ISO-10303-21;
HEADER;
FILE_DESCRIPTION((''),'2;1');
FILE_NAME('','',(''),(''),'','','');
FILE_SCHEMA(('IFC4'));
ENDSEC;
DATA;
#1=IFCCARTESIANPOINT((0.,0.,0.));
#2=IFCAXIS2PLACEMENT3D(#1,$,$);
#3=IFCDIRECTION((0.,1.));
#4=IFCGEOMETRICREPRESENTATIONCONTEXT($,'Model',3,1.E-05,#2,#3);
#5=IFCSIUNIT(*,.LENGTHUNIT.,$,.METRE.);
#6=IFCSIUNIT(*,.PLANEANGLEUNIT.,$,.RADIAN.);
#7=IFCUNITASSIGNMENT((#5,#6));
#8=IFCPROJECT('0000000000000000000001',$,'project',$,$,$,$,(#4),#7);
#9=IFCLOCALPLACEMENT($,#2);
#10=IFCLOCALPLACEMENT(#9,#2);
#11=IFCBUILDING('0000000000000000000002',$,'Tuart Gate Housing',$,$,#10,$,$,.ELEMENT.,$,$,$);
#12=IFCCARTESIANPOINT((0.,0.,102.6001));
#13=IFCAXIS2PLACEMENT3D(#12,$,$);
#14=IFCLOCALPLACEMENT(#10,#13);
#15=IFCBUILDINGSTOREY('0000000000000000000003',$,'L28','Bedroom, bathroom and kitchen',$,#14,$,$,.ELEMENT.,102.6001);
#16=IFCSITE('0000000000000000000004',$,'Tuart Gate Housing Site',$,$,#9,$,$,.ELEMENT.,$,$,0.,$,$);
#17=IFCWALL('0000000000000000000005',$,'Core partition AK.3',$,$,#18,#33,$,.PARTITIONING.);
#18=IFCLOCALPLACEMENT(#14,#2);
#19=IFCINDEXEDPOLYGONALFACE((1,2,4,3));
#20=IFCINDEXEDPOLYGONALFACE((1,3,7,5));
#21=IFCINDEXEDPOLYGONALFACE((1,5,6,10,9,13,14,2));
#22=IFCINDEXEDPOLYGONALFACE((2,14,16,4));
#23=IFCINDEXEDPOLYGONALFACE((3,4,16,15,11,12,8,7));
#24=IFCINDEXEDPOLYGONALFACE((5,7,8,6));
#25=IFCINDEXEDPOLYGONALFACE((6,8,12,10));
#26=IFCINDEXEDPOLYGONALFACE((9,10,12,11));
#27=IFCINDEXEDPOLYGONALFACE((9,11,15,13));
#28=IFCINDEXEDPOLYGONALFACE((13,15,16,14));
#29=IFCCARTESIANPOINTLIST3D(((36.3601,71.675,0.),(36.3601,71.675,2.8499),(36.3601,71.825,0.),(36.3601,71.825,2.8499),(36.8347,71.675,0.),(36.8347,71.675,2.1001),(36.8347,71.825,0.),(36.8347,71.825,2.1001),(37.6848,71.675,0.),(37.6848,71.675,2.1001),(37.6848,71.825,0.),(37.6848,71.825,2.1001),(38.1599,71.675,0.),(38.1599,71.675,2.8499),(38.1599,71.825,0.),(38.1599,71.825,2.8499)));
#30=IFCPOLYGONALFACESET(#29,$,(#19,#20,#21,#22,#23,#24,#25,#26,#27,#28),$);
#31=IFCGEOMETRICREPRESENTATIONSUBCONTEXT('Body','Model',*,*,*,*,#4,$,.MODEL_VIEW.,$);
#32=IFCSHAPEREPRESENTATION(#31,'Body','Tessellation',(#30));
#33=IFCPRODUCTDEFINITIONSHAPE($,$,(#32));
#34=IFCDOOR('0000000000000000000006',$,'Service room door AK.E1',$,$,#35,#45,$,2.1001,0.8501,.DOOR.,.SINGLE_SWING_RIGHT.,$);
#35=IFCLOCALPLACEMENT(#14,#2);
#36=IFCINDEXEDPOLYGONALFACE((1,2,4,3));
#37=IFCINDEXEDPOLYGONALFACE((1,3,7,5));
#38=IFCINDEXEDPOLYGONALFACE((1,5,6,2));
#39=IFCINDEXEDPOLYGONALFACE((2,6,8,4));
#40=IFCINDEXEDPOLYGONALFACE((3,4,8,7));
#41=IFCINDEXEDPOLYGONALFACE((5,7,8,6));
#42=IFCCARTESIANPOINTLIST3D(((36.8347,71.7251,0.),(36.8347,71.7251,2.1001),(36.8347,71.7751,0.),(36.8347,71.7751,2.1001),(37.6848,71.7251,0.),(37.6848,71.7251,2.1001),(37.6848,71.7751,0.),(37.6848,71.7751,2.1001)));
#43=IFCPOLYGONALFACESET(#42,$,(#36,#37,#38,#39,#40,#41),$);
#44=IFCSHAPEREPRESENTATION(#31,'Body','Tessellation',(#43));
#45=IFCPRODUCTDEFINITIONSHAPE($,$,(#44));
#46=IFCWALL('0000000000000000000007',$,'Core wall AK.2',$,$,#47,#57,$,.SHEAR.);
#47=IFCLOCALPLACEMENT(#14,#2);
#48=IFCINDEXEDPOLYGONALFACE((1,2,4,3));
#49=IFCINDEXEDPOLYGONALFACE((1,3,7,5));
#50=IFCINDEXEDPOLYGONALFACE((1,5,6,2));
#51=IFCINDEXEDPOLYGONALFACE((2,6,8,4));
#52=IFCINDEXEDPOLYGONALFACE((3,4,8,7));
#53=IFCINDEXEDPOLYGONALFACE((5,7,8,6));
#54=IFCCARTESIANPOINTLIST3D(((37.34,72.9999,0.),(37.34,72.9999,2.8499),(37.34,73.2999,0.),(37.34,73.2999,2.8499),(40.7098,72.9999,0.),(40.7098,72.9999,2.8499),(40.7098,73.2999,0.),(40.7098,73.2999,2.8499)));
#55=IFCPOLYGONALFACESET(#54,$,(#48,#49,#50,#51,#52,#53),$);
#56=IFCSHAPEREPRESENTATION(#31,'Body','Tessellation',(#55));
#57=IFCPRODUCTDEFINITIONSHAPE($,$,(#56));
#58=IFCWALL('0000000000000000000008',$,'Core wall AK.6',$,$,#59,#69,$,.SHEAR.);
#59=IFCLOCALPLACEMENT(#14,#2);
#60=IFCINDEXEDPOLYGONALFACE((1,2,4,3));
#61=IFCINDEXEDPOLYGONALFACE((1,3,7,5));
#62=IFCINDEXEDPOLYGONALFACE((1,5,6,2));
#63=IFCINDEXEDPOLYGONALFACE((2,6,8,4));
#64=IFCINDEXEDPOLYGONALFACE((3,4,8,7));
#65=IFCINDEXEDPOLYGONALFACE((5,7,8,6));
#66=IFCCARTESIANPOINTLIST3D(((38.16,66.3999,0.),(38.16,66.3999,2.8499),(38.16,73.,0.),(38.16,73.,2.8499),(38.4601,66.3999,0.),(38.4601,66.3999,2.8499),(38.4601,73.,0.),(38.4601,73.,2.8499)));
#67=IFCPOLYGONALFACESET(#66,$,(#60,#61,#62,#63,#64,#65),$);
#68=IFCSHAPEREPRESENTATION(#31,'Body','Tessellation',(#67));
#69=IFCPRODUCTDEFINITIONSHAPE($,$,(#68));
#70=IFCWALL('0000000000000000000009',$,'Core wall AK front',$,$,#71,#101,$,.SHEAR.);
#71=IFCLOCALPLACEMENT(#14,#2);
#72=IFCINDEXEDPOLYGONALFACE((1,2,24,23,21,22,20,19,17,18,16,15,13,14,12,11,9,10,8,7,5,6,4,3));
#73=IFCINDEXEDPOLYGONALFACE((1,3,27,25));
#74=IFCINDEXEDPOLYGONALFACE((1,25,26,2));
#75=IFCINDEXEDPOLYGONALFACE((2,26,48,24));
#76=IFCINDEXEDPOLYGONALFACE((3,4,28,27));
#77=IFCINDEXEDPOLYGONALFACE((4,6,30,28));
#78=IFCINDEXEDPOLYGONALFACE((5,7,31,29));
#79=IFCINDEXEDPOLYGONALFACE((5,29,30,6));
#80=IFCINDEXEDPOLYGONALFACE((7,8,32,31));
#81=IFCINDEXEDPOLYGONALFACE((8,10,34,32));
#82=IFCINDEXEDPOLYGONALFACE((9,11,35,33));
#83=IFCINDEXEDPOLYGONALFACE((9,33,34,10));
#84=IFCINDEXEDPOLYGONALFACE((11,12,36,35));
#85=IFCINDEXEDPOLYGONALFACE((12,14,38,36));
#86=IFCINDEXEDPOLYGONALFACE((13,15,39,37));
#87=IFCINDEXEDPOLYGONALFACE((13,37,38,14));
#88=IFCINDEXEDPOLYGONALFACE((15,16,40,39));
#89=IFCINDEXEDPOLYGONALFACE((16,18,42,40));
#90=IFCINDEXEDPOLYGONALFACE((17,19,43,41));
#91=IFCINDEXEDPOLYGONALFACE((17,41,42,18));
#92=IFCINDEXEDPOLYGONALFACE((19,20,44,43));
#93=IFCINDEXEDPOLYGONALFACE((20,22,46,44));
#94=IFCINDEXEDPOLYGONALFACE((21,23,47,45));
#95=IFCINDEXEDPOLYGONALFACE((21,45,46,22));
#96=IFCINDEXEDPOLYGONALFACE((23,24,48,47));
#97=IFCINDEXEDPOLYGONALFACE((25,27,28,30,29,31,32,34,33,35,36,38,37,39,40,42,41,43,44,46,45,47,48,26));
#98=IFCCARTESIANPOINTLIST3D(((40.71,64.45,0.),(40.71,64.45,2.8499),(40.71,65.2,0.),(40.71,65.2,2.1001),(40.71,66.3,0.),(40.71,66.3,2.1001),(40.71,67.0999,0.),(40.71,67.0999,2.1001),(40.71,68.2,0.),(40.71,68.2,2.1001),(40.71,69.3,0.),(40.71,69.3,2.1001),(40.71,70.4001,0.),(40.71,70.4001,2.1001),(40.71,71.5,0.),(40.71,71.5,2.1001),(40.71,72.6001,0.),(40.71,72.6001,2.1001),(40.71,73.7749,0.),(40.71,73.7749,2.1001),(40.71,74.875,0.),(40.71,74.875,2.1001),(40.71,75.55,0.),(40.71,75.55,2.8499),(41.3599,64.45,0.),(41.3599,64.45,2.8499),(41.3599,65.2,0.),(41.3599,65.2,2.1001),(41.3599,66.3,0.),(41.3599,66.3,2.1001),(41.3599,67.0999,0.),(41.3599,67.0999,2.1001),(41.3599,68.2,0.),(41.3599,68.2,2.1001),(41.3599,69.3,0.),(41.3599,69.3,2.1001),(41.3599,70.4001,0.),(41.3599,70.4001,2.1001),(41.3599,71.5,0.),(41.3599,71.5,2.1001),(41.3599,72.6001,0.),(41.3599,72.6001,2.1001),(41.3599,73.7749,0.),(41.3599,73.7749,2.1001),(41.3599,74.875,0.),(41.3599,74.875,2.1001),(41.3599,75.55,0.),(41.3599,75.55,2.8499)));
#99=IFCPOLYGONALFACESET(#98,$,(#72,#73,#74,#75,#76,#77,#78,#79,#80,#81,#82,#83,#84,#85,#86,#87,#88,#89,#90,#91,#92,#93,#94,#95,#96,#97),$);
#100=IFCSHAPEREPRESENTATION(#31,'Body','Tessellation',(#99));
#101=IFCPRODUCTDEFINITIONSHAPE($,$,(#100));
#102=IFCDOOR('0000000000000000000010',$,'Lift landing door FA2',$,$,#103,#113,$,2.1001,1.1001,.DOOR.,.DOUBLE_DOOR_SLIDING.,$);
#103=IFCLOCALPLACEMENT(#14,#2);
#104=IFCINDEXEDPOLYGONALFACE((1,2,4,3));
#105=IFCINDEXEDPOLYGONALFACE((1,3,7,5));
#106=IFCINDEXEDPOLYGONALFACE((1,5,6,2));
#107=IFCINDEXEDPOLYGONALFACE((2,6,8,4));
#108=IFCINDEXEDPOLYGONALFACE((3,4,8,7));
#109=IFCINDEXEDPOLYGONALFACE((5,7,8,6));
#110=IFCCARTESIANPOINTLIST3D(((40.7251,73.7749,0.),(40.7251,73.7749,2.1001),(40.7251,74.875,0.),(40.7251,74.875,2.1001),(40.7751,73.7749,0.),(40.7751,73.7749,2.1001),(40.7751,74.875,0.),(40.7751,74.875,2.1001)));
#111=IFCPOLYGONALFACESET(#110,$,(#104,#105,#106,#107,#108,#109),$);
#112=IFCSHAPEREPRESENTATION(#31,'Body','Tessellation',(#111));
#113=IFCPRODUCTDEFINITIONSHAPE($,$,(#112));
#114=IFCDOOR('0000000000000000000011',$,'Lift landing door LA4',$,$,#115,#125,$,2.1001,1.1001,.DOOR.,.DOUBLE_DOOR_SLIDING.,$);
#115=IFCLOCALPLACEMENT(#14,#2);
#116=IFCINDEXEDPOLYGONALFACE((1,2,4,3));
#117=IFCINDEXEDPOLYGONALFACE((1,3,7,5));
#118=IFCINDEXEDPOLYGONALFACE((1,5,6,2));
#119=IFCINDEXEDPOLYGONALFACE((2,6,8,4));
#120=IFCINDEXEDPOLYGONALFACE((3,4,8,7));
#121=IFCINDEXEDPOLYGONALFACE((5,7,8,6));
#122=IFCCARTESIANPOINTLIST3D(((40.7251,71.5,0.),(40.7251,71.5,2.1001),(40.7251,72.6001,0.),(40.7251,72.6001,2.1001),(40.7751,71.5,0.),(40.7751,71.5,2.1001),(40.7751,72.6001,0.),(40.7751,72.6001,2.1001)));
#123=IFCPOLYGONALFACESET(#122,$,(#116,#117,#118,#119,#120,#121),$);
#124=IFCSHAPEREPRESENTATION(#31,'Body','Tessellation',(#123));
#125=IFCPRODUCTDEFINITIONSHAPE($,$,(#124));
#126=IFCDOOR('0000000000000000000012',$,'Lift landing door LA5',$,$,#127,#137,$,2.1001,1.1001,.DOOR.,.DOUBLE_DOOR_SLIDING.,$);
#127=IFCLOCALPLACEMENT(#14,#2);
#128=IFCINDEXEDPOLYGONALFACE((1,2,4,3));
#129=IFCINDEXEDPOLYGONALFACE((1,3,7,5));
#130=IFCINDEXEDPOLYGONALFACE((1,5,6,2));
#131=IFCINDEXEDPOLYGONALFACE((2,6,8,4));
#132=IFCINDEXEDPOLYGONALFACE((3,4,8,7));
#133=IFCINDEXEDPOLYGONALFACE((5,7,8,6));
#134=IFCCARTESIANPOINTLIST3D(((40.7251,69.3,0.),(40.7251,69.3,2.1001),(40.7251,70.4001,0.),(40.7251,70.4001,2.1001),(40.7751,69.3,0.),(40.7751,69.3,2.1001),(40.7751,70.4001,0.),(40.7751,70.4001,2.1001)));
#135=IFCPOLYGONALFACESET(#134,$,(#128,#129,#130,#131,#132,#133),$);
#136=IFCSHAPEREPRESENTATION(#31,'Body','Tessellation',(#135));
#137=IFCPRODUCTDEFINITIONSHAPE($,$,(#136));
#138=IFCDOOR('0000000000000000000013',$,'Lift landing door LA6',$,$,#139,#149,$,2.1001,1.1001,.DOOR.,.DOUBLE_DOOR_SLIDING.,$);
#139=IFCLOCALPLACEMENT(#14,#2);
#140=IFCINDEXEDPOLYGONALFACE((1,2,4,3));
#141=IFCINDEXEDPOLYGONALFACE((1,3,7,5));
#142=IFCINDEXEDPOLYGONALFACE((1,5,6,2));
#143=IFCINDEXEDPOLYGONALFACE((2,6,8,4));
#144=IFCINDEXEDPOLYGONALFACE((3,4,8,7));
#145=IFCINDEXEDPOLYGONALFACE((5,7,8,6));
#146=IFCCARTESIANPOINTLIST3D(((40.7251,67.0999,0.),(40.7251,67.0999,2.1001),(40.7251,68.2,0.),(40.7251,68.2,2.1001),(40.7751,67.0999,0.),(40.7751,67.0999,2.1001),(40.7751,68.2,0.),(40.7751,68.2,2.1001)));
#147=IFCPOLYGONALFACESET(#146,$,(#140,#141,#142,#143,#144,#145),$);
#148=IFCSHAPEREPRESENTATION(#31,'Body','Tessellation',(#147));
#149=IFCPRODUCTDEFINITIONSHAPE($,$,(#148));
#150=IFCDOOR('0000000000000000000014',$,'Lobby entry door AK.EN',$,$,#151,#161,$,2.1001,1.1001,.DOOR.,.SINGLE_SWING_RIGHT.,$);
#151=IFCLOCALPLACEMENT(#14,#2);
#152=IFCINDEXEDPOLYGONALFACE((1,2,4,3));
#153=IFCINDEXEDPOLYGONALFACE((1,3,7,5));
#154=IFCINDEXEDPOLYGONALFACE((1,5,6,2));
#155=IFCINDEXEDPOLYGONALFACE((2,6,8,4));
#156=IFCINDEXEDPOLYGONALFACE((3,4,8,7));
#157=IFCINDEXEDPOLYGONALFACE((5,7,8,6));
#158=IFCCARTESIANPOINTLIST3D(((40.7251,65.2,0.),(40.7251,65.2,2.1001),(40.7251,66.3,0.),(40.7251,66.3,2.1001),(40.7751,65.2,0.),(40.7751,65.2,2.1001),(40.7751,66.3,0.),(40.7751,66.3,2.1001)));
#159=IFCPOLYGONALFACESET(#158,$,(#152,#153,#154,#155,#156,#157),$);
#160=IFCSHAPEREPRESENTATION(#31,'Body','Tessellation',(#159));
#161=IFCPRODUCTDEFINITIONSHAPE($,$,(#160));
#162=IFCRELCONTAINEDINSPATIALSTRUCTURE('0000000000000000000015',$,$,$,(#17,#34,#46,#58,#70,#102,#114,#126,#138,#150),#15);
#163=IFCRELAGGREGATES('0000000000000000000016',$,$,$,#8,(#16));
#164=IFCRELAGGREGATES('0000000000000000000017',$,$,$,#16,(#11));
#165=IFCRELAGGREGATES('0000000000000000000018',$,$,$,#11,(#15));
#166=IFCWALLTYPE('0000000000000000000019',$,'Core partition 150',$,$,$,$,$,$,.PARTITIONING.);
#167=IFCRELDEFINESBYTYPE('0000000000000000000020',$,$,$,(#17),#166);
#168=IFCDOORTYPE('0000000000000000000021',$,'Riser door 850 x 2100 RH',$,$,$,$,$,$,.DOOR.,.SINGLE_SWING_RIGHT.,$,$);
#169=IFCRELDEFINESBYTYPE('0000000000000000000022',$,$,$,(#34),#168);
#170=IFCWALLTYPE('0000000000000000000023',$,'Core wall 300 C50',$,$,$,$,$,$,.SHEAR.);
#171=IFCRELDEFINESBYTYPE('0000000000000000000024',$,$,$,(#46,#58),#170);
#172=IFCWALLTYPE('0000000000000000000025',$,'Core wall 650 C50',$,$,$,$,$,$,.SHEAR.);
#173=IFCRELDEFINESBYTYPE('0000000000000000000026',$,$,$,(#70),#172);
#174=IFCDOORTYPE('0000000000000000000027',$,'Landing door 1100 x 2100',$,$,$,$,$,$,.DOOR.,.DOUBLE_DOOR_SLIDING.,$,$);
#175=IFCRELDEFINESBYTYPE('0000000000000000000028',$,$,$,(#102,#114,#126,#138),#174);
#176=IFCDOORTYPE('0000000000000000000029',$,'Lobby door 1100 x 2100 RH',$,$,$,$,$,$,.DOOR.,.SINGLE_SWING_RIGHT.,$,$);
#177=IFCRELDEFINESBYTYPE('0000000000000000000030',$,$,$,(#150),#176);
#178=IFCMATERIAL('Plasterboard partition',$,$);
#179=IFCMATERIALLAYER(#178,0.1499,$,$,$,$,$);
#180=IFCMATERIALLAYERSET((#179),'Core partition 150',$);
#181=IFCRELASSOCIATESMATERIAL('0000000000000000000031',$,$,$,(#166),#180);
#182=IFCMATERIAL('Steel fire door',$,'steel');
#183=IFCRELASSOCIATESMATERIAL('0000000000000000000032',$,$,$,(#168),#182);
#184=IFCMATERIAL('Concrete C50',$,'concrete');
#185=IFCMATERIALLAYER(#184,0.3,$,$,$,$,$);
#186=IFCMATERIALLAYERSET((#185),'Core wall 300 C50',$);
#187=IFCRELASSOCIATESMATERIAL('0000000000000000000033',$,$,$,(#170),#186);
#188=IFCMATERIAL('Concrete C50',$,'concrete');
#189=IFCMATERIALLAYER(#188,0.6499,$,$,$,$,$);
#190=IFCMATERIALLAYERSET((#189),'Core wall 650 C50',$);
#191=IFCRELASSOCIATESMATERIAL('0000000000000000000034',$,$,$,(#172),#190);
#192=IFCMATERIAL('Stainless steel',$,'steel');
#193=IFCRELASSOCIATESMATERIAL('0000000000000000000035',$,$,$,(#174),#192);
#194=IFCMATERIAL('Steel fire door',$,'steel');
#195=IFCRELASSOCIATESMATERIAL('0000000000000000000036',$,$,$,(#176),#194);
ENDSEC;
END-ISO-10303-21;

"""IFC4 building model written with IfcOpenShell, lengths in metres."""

from ifc_helpers import new_model, si_unit, direction, frame, frame_2d, origin, place, context, subcontext, project, spatial, rectangle, extrude, material, layer, layer_set, type_object, element, fill, save


model = new_model("IFC4")

# Units and contexts
model_context = context("Model", 3, precision=1e-05, world=origin(), true_north=direction((0.0, 1.0)))
body_context = subcontext(model_context, "Body", "Model", "MODEL_VIEW")
ifc_project = project(units=[si_unit("LENGTHUNIT", "METRE"), si_unit("PLANEANGLEUNIT", "RADIAN")], contexts=[model_context])

# Site, building, storey
site_placement = place(None, origin())
site = spatial("IfcSite", under=ifc_project, at=site_placement, Name="Tuart Gate Housing Site", CompositionType="ELEMENT", RefElevation=0.0)
building_placement = place(site_placement, origin())
building = spatial("IfcBuilding", under=site, at=building_placement, Name="Tuart Gate Housing", CompositionType="ELEMENT")
storey_placement = place(building_placement, frame((0.0, 0.0, 102.6001)))
storey = spatial("IfcBuildingStorey", under=building, at=storey_placement, Name="L28", Description="Bedroom, bathroom and kitchen", CompositionType="ELEMENT", Elevation=102.6001)

# Wall, opening, door
ifc_material_1 = material(Name="Plasterboard partition")
ifc_layer_1 = layer(ifc_material_1, 0.1499)
ifc_layer_set_1 = layer_set([ifc_layer_1], Name="Core partition 150")
wall_type_1 = type_object("IfcWallType", Name="Core partition 150", PredefinedType="PARTITIONING", material=ifc_layer_set_1)
wall_1_placement = place(storey_placement, frame((38.1599, 71.75, 0.0), z_axis=(0.0, 0.0, 1.0), x_axis=(-1.0, 0.0, 0.0)))
wall_1 = element("IfcWall", 1, at=wall_1_placement, inside=storey, type_object=wall_type_1, Name="Core partition AK.3", PredefinedType="PARTITIONING", context=body_context, shape_type="SweptSolid", body=[
    extrude(rectangle(XDim=1.7998, YDim=0.1499, at=frame_2d((0.8999, 0.0))), origin(), (0.0, 0.0, 1.0), 2.8499),
])
opening_1_placement = place(wall_1_placement, frame((0.4751, 0.0, 0.0)))
opening_1 = element("IfcOpeningElement", 2, at=opening_1_placement, cuts=wall_1, PredefinedType="OPENING", context=body_context, shape_type="SweptSolid", body=[
    extrude(rectangle(XDim=0.8501, YDim=2.1001, at=frame_2d((0.425, 1.05))), frame((0.0, 0.085, 0.0), z_axis=(0.0, -1.0, 0.0), x_axis=(1.0, 0.0, 0.0)), (0.0, 0.0, 1.0), 0.1699),
])
ifc_material_2 = material(Name="Steel fire door", Category="steel")
door_type_1 = type_object("IfcDoorType", Name="Riser door 850 x 2100 RH", OperationType="SINGLE_SWING_RIGHT", PredefinedType="DOOR", material=ifc_material_2)
door_1_placement = place(opening_1_placement, frame((0.8501, 0.0, 0.0), z_axis=(0.0, 0.0, 1.0), x_axis=(-1.0, 0.0, 0.0)))
door_1 = element("IfcDoor", 3, at=door_1_placement, inside=storey, type_object=door_type_1, Name="Service room door AK.E1", OperationType="SINGLE_SWING_RIGHT", OverallHeight=2.1001, OverallWidth=0.8501, PredefinedType="DOOR", context=body_context, shape_type="SweptSolid", body=[
    extrude(rectangle(XDim=0.8501, YDim=2.1001, at=frame_2d((0.425, 1.05))), frame((0.0, 0.0251, 0.0), z_axis=(0.0, -1.0, 0.0), x_axis=(1.0, 0.0, 0.0)), (0.0, 0.0, 1.0), 0.05),
])
fill(opening_1, door_1)

# Walls
ifc_material_3 = material(Name="Concrete C50", Category="concrete")
ifc_layer_2 = layer(ifc_material_3, 0.3)
ifc_layer_set_2 = layer_set([ifc_layer_2], Name="Core wall 300 C50")
wall_type_2 = type_object("IfcWallType", Name="Core wall 300 C50", PredefinedType="SHEAR", material=ifc_layer_set_2)
wall_2_placement = place(storey_placement, frame((40.71, 73.1499, 0.0), z_axis=(0.0, 0.0, 1.0), x_axis=(-1.0, 0.0, 0.0)))
element("IfcWall", 4, at=wall_2_placement, inside=storey, type_object=wall_type_2, Name="Core wall AK.2", PredefinedType="SHEAR", context=body_context, shape_type="SweptSolid", body=[
    extrude(rectangle(XDim=3.3699, YDim=0.3, at=frame_2d((1.6851, 0.0))), origin(), (0.0, 0.0, 1.0), 2.8499),
])
wall_3_placement = place(storey_placement, frame((38.3101, 73.0, 0.0), z_axis=(0.0, 0.0, 1.0), x_axis=(0.0, -1.0, 0.0)))
element("IfcWall", 5, at=wall_3_placement, inside=storey, type_object=wall_type_2, Name="Core wall AK.6", PredefinedType="SHEAR", context=body_context, shape_type="SweptSolid", body=[
    extrude(rectangle(XDim=6.6001, YDim=0.3, at=frame_2d((3.3, 0.0))), origin(), (0.0, 0.0, 1.0), 2.8499),
])

# Wall, openings, doors
ifc_material_4 = material(Name="Concrete C50", Category="concrete")
ifc_layer_3 = layer(ifc_material_4, 0.6499)
ifc_layer_set_3 = layer_set([ifc_layer_3], Name="Core wall 650 C50")
wall_type_3 = type_object("IfcWallType", Name="Core wall 650 C50", PredefinedType="SHEAR", material=ifc_layer_set_3)
wall_4_placement = place(storey_placement, frame((41.0349, 75.55, 0.0), z_axis=(0.0, 0.0, 1.0), x_axis=(0.0, -1.0, 0.0)))
wall_4 = element("IfcWall", 6, at=wall_4_placement, inside=storey, type_object=wall_type_3, Name="Core wall AK front", PredefinedType="SHEAR", context=body_context, shape_type="SweptSolid", body=[
    extrude(rectangle(XDim=11.1001, YDim=0.6499, at=frame_2d((5.55, 0.0))), origin(), (0.0, 0.0, 1.0), 2.8499),
])
opening_2_placement = place(wall_4_placement, frame((0.675, 0.0, 0.0)))
opening_2 = element("IfcOpeningElement", 7, at=opening_2_placement, cuts=wall_4, PredefinedType="OPENING", context=body_context, shape_type="SweptSolid", body=[
    extrude(rectangle(XDim=1.1001, YDim=2.1001, at=frame_2d((0.55, 1.05))), frame((0.0, 0.335, 0.0), z_axis=(0.0, -1.0, 0.0), x_axis=(1.0, 0.0, 0.0)), (0.0, 0.0, 1.0), 0.6699),
])
opening_3_placement = place(wall_4_placement, frame((2.95, 0.0, 0.0)))
opening_3 = element("IfcOpeningElement", 8, at=opening_3_placement, cuts=wall_4, PredefinedType="OPENING", context=body_context, shape_type="SweptSolid", body=[
    extrude(rectangle(XDim=1.1001, YDim=2.1001, at=frame_2d((0.55, 1.05))), frame((0.0, 0.335, 0.0), z_axis=(0.0, -1.0, 0.0), x_axis=(1.0, 0.0, 0.0)), (0.0, 0.0, 1.0), 0.6699),
])
opening_4_placement = place(wall_4_placement, frame((5.1499, 0.0, 0.0)))
opening_4 = element("IfcOpeningElement", 9, at=opening_4_placement, cuts=wall_4, PredefinedType="OPENING", context=body_context, shape_type="SweptSolid", body=[
    extrude(rectangle(XDim=1.1001, YDim=2.1001, at=frame_2d((0.55, 1.05))), frame((0.0, 0.335, 0.0), z_axis=(0.0, -1.0, 0.0), x_axis=(1.0, 0.0, 0.0)), (0.0, 0.0, 1.0), 0.6699),
])
opening_5_placement = place(wall_4_placement, frame((7.3501, 0.0, 0.0)))
opening_5 = element("IfcOpeningElement", 10, at=opening_5_placement, cuts=wall_4, PredefinedType="OPENING", context=body_context, shape_type="SweptSolid", body=[
    extrude(rectangle(XDim=1.1001, YDim=2.1001, at=frame_2d((0.55, 1.05))), frame((0.0, 0.335, 0.0), z_axis=(0.0, -1.0, 0.0), x_axis=(1.0, 0.0, 0.0)), (0.0, 0.0, 1.0), 0.6699),
])
opening_6_placement = place(wall_4_placement, frame((9.25, 0.0, 0.0)))
opening_6 = element("IfcOpeningElement", 11, at=opening_6_placement, cuts=wall_4, PredefinedType="OPENING", context=body_context, shape_type="SweptSolid", body=[
    extrude(rectangle(XDim=1.1001, YDim=2.1001, at=frame_2d((0.55, 1.05))), frame((0.0, 0.335, 0.0), z_axis=(0.0, -1.0, 0.0), x_axis=(1.0, 0.0, 0.0)), (0.0, 0.0, 1.0), 0.6699),
])
ifc_material_5 = material(Name="Stainless steel", Category="steel")
door_type_2 = type_object("IfcDoorType", Name="Landing door 1100 x 2100", OperationType="DOUBLE_DOOR_SLIDING", PredefinedType="DOOR", material=ifc_material_5)
door_2_placement = place(opening_2_placement, origin())
door_2 = element("IfcDoor", 12, at=door_2_placement, inside=storey, type_object=door_type_2, Name="Lift landing door FA2", OperationType="DOUBLE_DOOR_SLIDING", OverallHeight=2.1001, OverallWidth=1.1001, PredefinedType="DOOR", context=body_context, shape_type="SweptSolid", body=[
    extrude(rectangle(XDim=1.1001, YDim=2.1001, at=frame_2d((0.55, 1.05))), frame((0.0, -0.2598, 0.0), z_axis=(0.0, -1.0, 0.0), x_axis=(1.0, 0.0, 0.0)), (0.0, 0.0, 1.0), 0.05),
])
fill(opening_2, door_2)
door_3_placement = place(opening_3_placement, origin())
door_3 = element("IfcDoor", 13, at=door_3_placement, inside=storey, type_object=door_type_2, Name="Lift landing door LA4", OperationType="DOUBLE_DOOR_SLIDING", OverallHeight=2.1001, OverallWidth=1.1001, PredefinedType="DOOR", context=body_context, shape_type="SweptSolid", body=[
    extrude(rectangle(XDim=1.1001, YDim=2.1001, at=frame_2d((0.55, 1.05))), frame((0.0, -0.2598, 0.0), z_axis=(0.0, -1.0, 0.0), x_axis=(1.0, 0.0, 0.0)), (0.0, 0.0, 1.0), 0.05),
])
fill(opening_3, door_3)
door_4_placement = place(opening_4_placement, origin())
door_4 = element("IfcDoor", 14, at=door_4_placement, inside=storey, type_object=door_type_2, Name="Lift landing door LA5", OperationType="DOUBLE_DOOR_SLIDING", OverallHeight=2.1001, OverallWidth=1.1001, PredefinedType="DOOR", context=body_context, shape_type="SweptSolid", body=[
    extrude(rectangle(XDim=1.1001, YDim=2.1001, at=frame_2d((0.55, 1.05))), frame((0.0, -0.2598, 0.0), z_axis=(0.0, -1.0, 0.0), x_axis=(1.0, 0.0, 0.0)), (0.0, 0.0, 1.0), 0.05),
])
fill(opening_4, door_4)
door_5_placement = place(opening_5_placement, origin())
door_5 = element("IfcDoor", 15, at=door_5_placement, inside=storey, type_object=door_type_2, Name="Lift landing door LA6", OperationType="DOUBLE_DOOR_SLIDING", OverallHeight=2.1001, OverallWidth=1.1001, PredefinedType="DOOR", context=body_context, shape_type="SweptSolid", body=[
    extrude(rectangle(XDim=1.1001, YDim=2.1001, at=frame_2d((0.55, 1.05))), frame((0.0, -0.2598, 0.0), z_axis=(0.0, -1.0, 0.0), x_axis=(1.0, 0.0, 0.0)), (0.0, 0.0, 1.0), 0.05),
])
fill(opening_5, door_5)
ifc_material_6 = material(Name="Steel fire door", Category="steel")
door_type_3 = type_object("IfcDoorType", Name="Lobby door 1100 x 2100 RH", OperationType="SINGLE_SWING_RIGHT", PredefinedType="DOOR", material=ifc_material_6)
door_6_placement = place(opening_6_placement, frame((1.1001, 0.0, 0.0), z_axis=(0.0, 0.0, 1.0), x_axis=(-1.0, 0.0, 0.0)))
door_6 = element("IfcDoor", 16, at=door_6_placement, inside=storey, type_object=door_type_3, Name="Lobby entry door AK.EN", OperationType="SINGLE_SWING_RIGHT", OverallHeight=2.1001, OverallWidth=1.1001, PredefinedType="DOOR", context=body_context, shape_type="SweptSolid", body=[
    extrude(rectangle(XDim=1.1001, YDim=2.1001, at=frame_2d((0.55, 1.05))), frame((0.0, 0.3098, 0.0), z_axis=(0.0, -1.0, 0.0), x_axis=(1.0, 0.0, 0.0)), (0.0, 0.0, 1.0), 0.05),
])
fill(opening_6, door_6)

save(model, "model.ifc")
